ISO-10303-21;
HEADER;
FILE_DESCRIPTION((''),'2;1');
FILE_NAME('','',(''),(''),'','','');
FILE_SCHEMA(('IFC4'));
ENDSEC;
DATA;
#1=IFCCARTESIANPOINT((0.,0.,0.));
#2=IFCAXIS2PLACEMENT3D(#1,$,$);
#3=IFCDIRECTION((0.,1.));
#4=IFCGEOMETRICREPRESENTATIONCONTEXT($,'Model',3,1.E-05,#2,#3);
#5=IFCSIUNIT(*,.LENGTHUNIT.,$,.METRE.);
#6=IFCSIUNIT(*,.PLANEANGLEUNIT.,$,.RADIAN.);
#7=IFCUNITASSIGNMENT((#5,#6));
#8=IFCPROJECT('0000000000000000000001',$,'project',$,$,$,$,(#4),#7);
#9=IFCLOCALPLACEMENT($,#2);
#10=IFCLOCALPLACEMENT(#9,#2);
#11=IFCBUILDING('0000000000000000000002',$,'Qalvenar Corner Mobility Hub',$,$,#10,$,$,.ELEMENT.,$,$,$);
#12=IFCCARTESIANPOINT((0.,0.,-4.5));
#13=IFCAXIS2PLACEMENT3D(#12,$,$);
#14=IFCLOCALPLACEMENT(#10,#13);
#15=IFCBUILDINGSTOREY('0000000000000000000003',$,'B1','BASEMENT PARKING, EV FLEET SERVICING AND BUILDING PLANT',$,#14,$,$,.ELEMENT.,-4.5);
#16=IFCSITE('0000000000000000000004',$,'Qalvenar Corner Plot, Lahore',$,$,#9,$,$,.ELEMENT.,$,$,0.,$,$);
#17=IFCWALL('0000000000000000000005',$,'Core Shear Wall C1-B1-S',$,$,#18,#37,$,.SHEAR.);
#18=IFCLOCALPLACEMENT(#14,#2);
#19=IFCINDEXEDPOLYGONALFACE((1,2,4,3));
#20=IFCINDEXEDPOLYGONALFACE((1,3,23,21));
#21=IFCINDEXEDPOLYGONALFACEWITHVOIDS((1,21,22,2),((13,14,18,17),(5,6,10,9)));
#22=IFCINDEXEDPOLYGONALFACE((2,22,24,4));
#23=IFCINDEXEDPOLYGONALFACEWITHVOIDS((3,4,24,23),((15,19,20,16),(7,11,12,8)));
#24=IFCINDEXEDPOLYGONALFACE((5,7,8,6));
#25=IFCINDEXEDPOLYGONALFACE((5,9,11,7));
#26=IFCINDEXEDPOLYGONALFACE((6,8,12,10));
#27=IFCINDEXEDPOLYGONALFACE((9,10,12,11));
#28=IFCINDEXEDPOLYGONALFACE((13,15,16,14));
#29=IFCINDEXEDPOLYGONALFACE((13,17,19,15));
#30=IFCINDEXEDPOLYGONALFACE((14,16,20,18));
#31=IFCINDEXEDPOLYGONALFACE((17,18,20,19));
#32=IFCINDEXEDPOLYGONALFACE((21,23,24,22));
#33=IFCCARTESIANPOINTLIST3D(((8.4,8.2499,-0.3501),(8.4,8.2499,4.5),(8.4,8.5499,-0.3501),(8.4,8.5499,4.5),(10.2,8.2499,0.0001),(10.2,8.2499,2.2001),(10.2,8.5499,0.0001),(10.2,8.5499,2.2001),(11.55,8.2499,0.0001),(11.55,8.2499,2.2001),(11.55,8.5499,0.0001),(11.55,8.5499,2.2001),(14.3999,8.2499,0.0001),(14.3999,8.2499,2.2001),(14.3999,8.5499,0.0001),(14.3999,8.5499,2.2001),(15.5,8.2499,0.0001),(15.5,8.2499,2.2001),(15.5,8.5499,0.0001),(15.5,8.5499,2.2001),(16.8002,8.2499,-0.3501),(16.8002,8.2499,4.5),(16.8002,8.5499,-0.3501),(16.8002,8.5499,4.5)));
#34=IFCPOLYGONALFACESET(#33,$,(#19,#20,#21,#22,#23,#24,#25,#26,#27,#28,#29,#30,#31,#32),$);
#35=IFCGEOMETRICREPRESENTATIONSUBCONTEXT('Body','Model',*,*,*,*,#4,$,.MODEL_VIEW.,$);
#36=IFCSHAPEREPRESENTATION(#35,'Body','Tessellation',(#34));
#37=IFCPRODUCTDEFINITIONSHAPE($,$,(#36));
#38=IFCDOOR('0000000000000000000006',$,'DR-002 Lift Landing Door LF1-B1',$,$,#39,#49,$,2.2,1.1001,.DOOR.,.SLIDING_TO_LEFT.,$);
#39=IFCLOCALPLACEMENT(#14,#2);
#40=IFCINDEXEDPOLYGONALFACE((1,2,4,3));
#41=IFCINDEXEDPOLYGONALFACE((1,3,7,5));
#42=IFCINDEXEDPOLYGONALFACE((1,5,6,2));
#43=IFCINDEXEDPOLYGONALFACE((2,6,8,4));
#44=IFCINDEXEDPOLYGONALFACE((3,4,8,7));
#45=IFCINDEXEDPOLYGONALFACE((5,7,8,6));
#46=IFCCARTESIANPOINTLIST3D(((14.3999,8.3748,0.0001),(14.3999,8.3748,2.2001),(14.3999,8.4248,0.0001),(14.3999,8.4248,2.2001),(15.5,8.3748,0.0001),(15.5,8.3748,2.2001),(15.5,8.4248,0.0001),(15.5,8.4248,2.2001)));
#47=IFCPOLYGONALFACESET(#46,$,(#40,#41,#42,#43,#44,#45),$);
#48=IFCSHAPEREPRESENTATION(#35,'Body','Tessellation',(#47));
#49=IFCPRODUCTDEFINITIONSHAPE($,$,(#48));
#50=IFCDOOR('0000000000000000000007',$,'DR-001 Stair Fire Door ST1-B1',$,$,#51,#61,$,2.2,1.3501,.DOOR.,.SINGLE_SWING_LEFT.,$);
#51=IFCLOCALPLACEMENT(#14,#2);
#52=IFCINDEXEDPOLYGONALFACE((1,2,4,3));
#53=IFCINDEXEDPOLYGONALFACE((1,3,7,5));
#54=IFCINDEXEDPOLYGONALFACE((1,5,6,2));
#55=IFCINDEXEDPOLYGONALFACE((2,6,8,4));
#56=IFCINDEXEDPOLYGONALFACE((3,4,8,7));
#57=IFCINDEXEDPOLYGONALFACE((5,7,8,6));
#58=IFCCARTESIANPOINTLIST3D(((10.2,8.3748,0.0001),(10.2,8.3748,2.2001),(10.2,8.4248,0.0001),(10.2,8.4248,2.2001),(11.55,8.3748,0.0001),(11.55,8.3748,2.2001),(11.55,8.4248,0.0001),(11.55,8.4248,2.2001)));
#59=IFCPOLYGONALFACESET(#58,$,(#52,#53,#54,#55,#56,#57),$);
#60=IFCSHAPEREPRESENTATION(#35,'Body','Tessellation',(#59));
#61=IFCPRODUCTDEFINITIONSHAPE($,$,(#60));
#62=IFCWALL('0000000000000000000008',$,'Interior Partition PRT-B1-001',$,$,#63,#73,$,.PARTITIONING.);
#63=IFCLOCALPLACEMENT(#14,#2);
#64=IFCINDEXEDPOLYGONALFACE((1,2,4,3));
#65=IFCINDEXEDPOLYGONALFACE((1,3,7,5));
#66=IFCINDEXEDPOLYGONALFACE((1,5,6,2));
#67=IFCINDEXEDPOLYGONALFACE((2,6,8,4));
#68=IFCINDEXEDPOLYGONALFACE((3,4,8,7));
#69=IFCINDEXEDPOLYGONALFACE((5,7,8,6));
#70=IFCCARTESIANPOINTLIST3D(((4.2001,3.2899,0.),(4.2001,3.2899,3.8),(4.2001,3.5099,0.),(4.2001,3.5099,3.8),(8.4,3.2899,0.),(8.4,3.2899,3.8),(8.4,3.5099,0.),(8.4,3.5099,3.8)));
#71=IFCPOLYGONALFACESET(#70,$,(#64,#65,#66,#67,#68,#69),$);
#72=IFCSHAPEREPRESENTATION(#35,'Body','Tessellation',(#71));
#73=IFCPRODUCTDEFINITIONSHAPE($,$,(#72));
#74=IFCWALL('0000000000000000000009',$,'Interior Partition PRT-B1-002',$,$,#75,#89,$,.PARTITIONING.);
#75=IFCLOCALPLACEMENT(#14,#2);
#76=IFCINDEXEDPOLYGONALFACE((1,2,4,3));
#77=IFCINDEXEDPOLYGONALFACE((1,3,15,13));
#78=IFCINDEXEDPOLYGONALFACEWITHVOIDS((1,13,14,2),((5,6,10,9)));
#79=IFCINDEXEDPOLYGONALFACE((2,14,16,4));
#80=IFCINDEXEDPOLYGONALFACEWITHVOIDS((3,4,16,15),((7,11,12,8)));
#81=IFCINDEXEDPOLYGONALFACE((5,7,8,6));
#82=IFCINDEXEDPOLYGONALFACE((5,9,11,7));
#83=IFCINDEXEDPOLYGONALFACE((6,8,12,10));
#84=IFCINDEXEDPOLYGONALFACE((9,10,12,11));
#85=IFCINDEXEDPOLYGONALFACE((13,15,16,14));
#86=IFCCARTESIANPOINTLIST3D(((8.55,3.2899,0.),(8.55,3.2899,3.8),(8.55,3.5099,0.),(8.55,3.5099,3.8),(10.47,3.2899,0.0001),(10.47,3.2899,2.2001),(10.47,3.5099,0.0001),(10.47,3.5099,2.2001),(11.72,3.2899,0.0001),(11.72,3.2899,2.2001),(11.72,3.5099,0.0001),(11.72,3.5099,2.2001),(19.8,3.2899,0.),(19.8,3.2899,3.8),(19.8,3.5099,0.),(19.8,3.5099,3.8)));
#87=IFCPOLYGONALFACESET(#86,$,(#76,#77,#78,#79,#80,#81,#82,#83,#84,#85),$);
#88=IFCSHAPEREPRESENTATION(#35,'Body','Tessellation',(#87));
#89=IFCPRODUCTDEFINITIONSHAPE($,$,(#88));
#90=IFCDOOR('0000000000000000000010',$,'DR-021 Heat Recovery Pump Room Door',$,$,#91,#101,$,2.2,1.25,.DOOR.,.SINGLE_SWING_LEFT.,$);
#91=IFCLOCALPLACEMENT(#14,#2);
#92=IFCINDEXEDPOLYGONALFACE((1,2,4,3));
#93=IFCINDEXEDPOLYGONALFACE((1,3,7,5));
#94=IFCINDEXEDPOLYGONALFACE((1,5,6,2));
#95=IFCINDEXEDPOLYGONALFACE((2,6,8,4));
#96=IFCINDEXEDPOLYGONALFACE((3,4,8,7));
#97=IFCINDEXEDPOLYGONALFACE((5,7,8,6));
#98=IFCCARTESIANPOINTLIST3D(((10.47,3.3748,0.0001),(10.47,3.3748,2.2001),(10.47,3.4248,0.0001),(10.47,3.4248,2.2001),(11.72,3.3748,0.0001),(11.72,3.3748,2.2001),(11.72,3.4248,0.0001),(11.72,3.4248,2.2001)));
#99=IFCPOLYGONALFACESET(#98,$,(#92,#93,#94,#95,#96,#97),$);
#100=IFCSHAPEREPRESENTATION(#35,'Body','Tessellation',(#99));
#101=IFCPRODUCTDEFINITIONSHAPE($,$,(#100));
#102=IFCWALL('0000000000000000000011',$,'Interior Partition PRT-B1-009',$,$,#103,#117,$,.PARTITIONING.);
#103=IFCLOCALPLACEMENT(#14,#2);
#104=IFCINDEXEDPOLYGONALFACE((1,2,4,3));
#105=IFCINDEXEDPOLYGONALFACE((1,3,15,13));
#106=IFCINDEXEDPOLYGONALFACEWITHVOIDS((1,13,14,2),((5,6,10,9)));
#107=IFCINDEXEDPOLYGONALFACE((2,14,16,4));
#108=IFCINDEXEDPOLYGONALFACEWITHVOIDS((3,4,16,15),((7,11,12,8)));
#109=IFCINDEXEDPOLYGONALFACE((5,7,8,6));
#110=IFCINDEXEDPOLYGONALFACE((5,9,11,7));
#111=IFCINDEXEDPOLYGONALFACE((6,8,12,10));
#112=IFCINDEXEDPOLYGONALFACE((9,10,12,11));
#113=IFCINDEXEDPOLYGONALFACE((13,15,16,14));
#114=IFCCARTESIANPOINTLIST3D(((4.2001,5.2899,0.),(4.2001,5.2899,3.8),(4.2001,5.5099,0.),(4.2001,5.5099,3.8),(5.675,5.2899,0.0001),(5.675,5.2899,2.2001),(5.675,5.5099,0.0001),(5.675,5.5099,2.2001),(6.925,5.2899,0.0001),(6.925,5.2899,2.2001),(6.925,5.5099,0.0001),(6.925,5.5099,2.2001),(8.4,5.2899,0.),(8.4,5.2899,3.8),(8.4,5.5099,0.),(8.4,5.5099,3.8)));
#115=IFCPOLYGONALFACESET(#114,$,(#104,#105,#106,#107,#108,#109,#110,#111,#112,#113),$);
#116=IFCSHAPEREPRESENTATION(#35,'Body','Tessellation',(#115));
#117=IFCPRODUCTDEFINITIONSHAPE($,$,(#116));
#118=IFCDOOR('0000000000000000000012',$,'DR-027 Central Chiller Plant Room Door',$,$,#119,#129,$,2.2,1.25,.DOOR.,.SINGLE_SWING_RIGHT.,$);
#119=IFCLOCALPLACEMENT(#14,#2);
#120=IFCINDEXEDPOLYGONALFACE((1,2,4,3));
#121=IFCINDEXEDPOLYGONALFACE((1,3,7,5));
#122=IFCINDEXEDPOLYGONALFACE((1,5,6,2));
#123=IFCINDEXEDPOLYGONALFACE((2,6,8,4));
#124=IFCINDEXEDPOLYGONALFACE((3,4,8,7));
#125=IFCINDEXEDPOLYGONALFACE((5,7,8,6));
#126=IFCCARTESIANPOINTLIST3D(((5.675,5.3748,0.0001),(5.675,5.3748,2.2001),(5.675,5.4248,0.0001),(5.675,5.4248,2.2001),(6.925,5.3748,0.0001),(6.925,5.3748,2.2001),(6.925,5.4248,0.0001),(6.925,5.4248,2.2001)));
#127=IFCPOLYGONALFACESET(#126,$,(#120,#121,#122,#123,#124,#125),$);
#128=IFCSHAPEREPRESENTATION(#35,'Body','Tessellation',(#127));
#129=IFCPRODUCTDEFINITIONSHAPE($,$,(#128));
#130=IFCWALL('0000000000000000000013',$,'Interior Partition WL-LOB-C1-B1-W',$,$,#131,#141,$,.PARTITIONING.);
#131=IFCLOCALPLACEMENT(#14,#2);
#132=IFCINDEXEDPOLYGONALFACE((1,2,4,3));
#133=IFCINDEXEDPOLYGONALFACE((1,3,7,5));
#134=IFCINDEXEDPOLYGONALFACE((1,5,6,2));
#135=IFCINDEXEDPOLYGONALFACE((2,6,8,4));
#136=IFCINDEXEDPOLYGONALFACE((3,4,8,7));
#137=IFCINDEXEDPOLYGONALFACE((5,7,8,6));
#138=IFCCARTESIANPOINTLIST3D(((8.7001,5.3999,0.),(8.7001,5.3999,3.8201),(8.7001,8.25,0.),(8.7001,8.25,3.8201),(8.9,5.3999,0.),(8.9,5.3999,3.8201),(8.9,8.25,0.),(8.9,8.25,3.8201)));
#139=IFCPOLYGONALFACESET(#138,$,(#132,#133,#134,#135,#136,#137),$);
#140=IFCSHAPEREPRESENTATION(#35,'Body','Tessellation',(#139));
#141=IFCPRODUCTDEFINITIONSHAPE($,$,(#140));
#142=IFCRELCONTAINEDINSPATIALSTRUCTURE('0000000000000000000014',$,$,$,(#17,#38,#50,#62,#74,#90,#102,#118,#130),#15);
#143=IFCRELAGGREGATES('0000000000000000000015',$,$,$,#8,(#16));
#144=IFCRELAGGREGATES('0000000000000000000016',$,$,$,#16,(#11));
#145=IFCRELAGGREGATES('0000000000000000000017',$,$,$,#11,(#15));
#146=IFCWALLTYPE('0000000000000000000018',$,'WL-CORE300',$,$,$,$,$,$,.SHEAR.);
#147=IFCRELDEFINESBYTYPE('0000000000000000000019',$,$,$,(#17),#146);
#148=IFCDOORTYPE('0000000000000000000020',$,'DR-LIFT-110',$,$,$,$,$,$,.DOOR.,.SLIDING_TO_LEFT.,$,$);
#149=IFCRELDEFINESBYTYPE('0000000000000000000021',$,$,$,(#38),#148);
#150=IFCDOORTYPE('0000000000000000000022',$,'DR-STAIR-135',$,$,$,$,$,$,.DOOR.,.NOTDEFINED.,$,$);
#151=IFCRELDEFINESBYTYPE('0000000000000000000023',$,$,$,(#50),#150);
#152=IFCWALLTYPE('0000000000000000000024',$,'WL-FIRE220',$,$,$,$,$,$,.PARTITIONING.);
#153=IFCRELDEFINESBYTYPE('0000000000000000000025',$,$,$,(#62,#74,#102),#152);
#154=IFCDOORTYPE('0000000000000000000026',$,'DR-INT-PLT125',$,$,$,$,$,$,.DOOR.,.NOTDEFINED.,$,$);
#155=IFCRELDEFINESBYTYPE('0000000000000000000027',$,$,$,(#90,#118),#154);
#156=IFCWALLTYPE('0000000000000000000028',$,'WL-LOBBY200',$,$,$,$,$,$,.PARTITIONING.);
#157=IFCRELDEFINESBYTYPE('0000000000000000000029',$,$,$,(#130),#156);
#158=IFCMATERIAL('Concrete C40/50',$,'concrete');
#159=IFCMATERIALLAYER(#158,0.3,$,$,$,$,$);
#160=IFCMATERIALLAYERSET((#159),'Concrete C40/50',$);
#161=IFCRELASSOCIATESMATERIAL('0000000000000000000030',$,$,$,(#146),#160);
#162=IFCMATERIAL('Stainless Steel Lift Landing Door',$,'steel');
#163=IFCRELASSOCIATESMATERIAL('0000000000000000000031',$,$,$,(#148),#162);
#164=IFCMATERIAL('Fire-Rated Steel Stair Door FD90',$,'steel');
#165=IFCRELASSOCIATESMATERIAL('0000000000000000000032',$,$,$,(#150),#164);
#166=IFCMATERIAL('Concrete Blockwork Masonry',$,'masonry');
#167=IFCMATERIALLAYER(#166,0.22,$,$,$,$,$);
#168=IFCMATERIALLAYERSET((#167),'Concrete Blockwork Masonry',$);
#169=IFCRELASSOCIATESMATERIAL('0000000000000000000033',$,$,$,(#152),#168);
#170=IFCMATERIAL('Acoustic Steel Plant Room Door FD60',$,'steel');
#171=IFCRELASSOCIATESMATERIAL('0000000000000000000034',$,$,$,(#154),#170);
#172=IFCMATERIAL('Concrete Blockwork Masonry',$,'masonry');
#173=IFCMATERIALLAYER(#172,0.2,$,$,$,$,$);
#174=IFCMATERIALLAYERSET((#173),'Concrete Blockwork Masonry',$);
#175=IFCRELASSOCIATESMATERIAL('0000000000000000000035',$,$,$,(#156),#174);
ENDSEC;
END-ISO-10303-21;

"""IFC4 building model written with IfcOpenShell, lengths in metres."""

from ifc_helpers import new_model, si_unit, direction, frame, frame_2d, origin, place, context, subcontext, project, spatial, rectangle, extrude, material, layer, layer_set, type_object, element, fill, save


model = new_model("IFC4")

# Units and contexts
model_context = context("Model", 3, precision=1e-05, world=origin(), true_north=direction((0.0, 1.0)))
body_context = subcontext(model_context, "Body", "Model", "MODEL_VIEW")
ifc_project = project(units=[si_unit("LENGTHUNIT", "METRE"), si_unit("PLANEANGLEUNIT", "RADIAN")], contexts=[model_context])

# Site, building, storey
site_placement = place(None, origin())
site = spatial("IfcSite", under=ifc_project, at=site_placement, Name="Qalvenar Corner Plot, Lahore", CompositionType="ELEMENT", RefElevation=0.0)
building_placement = place(site_placement, origin())
building = spatial("IfcBuilding", under=site, at=building_placement, Name="Qalvenar Corner Mobility Hub", CompositionType="ELEMENT")
storey_placement = place(building_placement, frame((0.0, 0.0, -4.5)))
storey = spatial("IfcBuildingStorey", under=building, at=storey_placement, Name="B1", Description="BASEMENT PARKING, EV FLEET SERVICING AND BUILDING PLANT", CompositionType="ELEMENT", Elevation=-4.5)

# Shared definitions
ifc_material_1 = material(Name="Concrete C40/50", Category="concrete")

# Wall, openings, doors
ifc_layer_1 = layer(ifc_material_1, 0.3)
ifc_layer_set_1 = layer_set([ifc_layer_1], Name="Concrete C40/50")
wall_type_1 = type_object("IfcWallType", Name="WL-CORE300", PredefinedType="SHEAR", material=ifc_layer_set_1)
wall_1_placement = place(storey_placement, frame((8.3999, 8.3999, -0.3501), z_axis=(0.0, 0.0, 1.0), x_axis=(1.0, 0.0, 0.0)))
wall_1 = element("IfcWall", 1, at=wall_1_placement, inside=storey, type_object=wall_type_1, Name="Core Shear Wall C1-B1-S", PredefinedType="SHEAR", context=body_context, shape_type="SweptSolid", body=[
    extrude(rectangle(XDim=8.4001, YDim=0.3, at=frame_2d((4.2002, 0.0))), origin(), (0.0, 0.0, 1.0), 4.8501),
])
opening_1_placement = place(wall_1_placement, frame((1.8, 0.0, 0.3501)))
opening_1 = element("IfcOpeningElement", 2, at=opening_1_placement, cuts=wall_1, PredefinedType="OPENING", context=body_context, shape_type="SweptSolid", body=[
    extrude(rectangle(XDim=1.3501, YDim=2.2, at=frame_2d((0.675, 1.1001))), frame((0.0, 0.1602, 0.0), z_axis=(0.0, -1.0, 0.0), x_axis=(1.0, 0.0, 0.0)), (0.0, 0.0, 1.0), 0.3201),
])
opening_2_placement = place(wall_1_placement, frame((6.0, 0.0, 0.3501)))
opening_2 = element("IfcOpeningElement", 3, at=opening_2_placement, cuts=wall_1, PredefinedType="OPENING", context=body_context, shape_type="SweptSolid", body=[
    extrude(rectangle(XDim=1.1001, YDim=2.2, at=frame_2d((0.55, 1.1001))), frame((0.0, 0.1602, 0.0), z_axis=(0.0, -1.0, 0.0), x_axis=(1.0, 0.0, 0.0)), (0.0, 0.0, 1.0), 0.3201),
])
ifc_material_2 = material(Name="Stainless Steel Lift Landing Door", Category="steel")
door_type_1 = type_object("IfcDoorType", Name="DR-LIFT-110", OperationType="SLIDING_TO_LEFT", PredefinedType="DOOR", material=ifc_material_2)
door_1_placement = place(opening_2_placement, origin())
door_1 = element("IfcDoor", 4, at=door_1_placement, inside=storey, type_object=door_type_1, Name="DR-002 Lift Landing Door LF1-B1", OperationType="SLIDING_TO_LEFT", OverallHeight=2.2, OverallWidth=1.1001, PredefinedType="DOOR", context=body_context, shape_type="SweptSolid", body=[
    extrude(rectangle(XDim=1.1001, YDim=2.2, at=frame_2d((0.55, 1.1001))), frame((0.0, 0.0249, 0.0), z_axis=(0.0, -1.0, 0.0), x_axis=(1.0, 0.0, 0.0)), (0.0, 0.0, 1.0), 0.05),
])
fill(opening_2, door_1)
ifc_material_3 = material(Name="Fire-Rated Steel Stair Door FD90", Category="steel")
door_type_2 = type_object("IfcDoorType", Name="DR-STAIR-135", OperationType="NOTDEFINED", PredefinedType="DOOR", material=ifc_material_3)
door_2_placement = place(opening_1_placement, origin())
door_2 = element("IfcDoor", 5, at=door_2_placement, inside=storey, type_object=door_type_2, Name="DR-001 Stair Fire Door ST1-B1", OperationType="SINGLE_SWING_LEFT", OverallHeight=2.2, OverallWidth=1.3501, PredefinedType="DOOR", context=body_context, shape_type="SweptSolid", body=[
    extrude(rectangle(XDim=1.3501, YDim=2.2, at=frame_2d((0.675, 1.1001))), frame((0.0, 0.0249, 0.0), z_axis=(0.0, -1.0, 0.0), x_axis=(1.0, 0.0, 0.0)), (0.0, 0.0, 1.0), 0.05),
])
fill(opening_1, door_2)

# Wall
ifc_material_4 = material(Name="Concrete Blockwork Masonry", Category="masonry")
ifc_layer_2 = layer(ifc_material_4, 0.22)
ifc_layer_set_2 = layer_set([ifc_layer_2], Name="Concrete Blockwork Masonry")
wall_type_2 = type_object("IfcWallType", Name="WL-FIRE220", PredefinedType="PARTITIONING", material=ifc_layer_set_2)
wall_2_placement = place(storey_placement, frame((4.2, 3.3999, 0.0), z_axis=(0.0, 0.0, 1.0), x_axis=(1.0, 0.0, 0.0)))
element("IfcWall", 6, at=wall_2_placement, inside=storey, type_object=wall_type_2, Name="Interior Partition PRT-B1-001", PredefinedType="PARTITIONING", context=body_context, shape_type="SweptSolid", body=[
    extrude(rectangle(XDim=4.2, YDim=0.22, at=frame_2d((2.1001, 0.0))), origin(), (0.0, 0.0, 1.0), 3.8),
])

# Walls, openings, doors
wall_3_placement = place(storey_placement, frame((8.55, 3.3999, 0.0), z_axis=(0.0, 0.0, 1.0), x_axis=(1.0, 0.0, 0.0)))
wall_3 = element("IfcWall", 7, at=wall_3_placement, inside=storey, type_object=wall_type_2, Name="Interior Partition PRT-B1-002", PredefinedType="PARTITIONING", context=body_context, shape_type="SweptSolid", body=[
    extrude(rectangle(XDim=11.25, YDim=0.22, at=frame_2d((5.625, 0.0))), origin(), (0.0, 0.0, 1.0), 3.8),
])
opening_3_placement = place(wall_3_placement, frame((1.9199, 0.0, 0.0)))
opening_3 = element("IfcOpeningElement", 8, at=opening_3_placement, cuts=wall_3, PredefinedType="OPENING", context=body_context, shape_type="SweptSolid", body=[
    extrude(rectangle(XDim=1.25, YDim=2.2, at=frame_2d((0.625, 1.1001))), frame((0.0, 0.1201, 0.0), z_axis=(0.0, -1.0, 0.0), x_axis=(1.0, 0.0, 0.0)), (0.0, 0.0, 1.0), 0.24),
])
ifc_material_5 = material(Name="Acoustic Steel Plant Room Door FD60", Category="steel")
door_type_3 = type_object("IfcDoorType", Name="DR-INT-PLT125", OperationType="NOTDEFINED", PredefinedType="DOOR", material=ifc_material_5)
door_3_placement = place(opening_3_placement, origin())
door_3 = element("IfcDoor", 9, at=door_3_placement, inside=storey, type_object=door_type_3, Name="DR-021 Heat Recovery Pump Room Door", OperationType="SINGLE_SWING_LEFT", OverallHeight=2.2, OverallWidth=1.25, PredefinedType="DOOR", context=body_context, shape_type="SweptSolid", body=[
    extrude(rectangle(XDim=1.25, YDim=2.2, at=frame_2d((0.625, 1.1001))), frame((0.0, 0.0249, 0.0), z_axis=(0.0, -1.0, 0.0), x_axis=(1.0, 0.0, 0.0)), (0.0, 0.0, 1.0), 0.05),
])
fill(opening_3, door_3)
wall_4_placement = place(storey_placement, frame((4.2, 5.3999, 0.0), z_axis=(0.0, 0.0, 1.0), x_axis=(1.0, 0.0, 0.0)))
wall_4 = element("IfcWall", 10, at=wall_4_placement, inside=storey, type_object=wall_type_2, Name="Interior Partition PRT-B1-009", PredefinedType="PARTITIONING", context=body_context, shape_type="SweptSolid", body=[
    extrude(rectangle(XDim=4.2, YDim=0.22, at=frame_2d((2.1001, 0.0))), origin(), (0.0, 0.0, 1.0), 3.8),
])
opening_4_placement = place(wall_4_placement, frame((1.4751, 0.0, 0.0)))
opening_4 = element("IfcOpeningElement", 11, at=opening_4_placement, cuts=wall_4, PredefinedType="OPENING", context=body_context, shape_type="SweptSolid", body=[
    extrude(rectangle(XDim=1.25, YDim=2.2, at=frame_2d((0.625, 1.1001))), frame((0.0, 0.1201, 0.0), z_axis=(0.0, -1.0, 0.0), x_axis=(1.0, 0.0, 0.0)), (0.0, 0.0, 1.0), 0.24),
])
door_4_placement = place(opening_4_placement, origin())
door_4 = element("IfcDoor", 12, at=door_4_placement, inside=storey, type_object=door_type_3, Name="DR-027 Central Chiller Plant Room Door", OperationType="SINGLE_SWING_RIGHT", OverallHeight=2.2, OverallWidth=1.25, PredefinedType="DOOR", context=body_context, shape_type="SweptSolid", body=[
    extrude(rectangle(XDim=1.25, YDim=2.2, at=frame_2d((0.625, 1.1001))), frame((0.0, 0.0249, 0.0), z_axis=(0.0, -1.0, 0.0), x_axis=(1.0, 0.0, 0.0)), (0.0, 0.0, 1.0), 0.05),
])
fill(opening_4, door_4)

# Wall
ifc_material_6 = material(Name="Concrete Blockwork Masonry", Category="masonry")
ifc_layer_3 = layer(ifc_material_6, 0.2)
ifc_layer_set_3 = layer_set([ifc_layer_3], Name="Concrete Blockwork Masonry")
wall_type_3 = type_object("IfcWallType", Name="WL-LOBBY200", PredefinedType="PARTITIONING", material=ifc_layer_set_3)
wall_5_placement = place(storey_placement, frame((8.8, 5.3999, 0.0), z_axis=(0.0, 0.0, 1.0), x_axis=(0.0, 1.0, 0.0)))
element("IfcWall", 13, at=wall_5_placement, inside=storey, type_object=wall_type_3, Name="Interior Partition WL-LOB-C1-B1-W", PredefinedType="PARTITIONING", context=body_context, shape_type="SweptSolid", body=[
    extrude(rectangle(XDim=2.8501, YDim=0.2, at=frame_2d((1.425, 0.0))), origin(), (0.0, 0.0, 1.0), 3.8201),
])

save(model, "model.ifc")
